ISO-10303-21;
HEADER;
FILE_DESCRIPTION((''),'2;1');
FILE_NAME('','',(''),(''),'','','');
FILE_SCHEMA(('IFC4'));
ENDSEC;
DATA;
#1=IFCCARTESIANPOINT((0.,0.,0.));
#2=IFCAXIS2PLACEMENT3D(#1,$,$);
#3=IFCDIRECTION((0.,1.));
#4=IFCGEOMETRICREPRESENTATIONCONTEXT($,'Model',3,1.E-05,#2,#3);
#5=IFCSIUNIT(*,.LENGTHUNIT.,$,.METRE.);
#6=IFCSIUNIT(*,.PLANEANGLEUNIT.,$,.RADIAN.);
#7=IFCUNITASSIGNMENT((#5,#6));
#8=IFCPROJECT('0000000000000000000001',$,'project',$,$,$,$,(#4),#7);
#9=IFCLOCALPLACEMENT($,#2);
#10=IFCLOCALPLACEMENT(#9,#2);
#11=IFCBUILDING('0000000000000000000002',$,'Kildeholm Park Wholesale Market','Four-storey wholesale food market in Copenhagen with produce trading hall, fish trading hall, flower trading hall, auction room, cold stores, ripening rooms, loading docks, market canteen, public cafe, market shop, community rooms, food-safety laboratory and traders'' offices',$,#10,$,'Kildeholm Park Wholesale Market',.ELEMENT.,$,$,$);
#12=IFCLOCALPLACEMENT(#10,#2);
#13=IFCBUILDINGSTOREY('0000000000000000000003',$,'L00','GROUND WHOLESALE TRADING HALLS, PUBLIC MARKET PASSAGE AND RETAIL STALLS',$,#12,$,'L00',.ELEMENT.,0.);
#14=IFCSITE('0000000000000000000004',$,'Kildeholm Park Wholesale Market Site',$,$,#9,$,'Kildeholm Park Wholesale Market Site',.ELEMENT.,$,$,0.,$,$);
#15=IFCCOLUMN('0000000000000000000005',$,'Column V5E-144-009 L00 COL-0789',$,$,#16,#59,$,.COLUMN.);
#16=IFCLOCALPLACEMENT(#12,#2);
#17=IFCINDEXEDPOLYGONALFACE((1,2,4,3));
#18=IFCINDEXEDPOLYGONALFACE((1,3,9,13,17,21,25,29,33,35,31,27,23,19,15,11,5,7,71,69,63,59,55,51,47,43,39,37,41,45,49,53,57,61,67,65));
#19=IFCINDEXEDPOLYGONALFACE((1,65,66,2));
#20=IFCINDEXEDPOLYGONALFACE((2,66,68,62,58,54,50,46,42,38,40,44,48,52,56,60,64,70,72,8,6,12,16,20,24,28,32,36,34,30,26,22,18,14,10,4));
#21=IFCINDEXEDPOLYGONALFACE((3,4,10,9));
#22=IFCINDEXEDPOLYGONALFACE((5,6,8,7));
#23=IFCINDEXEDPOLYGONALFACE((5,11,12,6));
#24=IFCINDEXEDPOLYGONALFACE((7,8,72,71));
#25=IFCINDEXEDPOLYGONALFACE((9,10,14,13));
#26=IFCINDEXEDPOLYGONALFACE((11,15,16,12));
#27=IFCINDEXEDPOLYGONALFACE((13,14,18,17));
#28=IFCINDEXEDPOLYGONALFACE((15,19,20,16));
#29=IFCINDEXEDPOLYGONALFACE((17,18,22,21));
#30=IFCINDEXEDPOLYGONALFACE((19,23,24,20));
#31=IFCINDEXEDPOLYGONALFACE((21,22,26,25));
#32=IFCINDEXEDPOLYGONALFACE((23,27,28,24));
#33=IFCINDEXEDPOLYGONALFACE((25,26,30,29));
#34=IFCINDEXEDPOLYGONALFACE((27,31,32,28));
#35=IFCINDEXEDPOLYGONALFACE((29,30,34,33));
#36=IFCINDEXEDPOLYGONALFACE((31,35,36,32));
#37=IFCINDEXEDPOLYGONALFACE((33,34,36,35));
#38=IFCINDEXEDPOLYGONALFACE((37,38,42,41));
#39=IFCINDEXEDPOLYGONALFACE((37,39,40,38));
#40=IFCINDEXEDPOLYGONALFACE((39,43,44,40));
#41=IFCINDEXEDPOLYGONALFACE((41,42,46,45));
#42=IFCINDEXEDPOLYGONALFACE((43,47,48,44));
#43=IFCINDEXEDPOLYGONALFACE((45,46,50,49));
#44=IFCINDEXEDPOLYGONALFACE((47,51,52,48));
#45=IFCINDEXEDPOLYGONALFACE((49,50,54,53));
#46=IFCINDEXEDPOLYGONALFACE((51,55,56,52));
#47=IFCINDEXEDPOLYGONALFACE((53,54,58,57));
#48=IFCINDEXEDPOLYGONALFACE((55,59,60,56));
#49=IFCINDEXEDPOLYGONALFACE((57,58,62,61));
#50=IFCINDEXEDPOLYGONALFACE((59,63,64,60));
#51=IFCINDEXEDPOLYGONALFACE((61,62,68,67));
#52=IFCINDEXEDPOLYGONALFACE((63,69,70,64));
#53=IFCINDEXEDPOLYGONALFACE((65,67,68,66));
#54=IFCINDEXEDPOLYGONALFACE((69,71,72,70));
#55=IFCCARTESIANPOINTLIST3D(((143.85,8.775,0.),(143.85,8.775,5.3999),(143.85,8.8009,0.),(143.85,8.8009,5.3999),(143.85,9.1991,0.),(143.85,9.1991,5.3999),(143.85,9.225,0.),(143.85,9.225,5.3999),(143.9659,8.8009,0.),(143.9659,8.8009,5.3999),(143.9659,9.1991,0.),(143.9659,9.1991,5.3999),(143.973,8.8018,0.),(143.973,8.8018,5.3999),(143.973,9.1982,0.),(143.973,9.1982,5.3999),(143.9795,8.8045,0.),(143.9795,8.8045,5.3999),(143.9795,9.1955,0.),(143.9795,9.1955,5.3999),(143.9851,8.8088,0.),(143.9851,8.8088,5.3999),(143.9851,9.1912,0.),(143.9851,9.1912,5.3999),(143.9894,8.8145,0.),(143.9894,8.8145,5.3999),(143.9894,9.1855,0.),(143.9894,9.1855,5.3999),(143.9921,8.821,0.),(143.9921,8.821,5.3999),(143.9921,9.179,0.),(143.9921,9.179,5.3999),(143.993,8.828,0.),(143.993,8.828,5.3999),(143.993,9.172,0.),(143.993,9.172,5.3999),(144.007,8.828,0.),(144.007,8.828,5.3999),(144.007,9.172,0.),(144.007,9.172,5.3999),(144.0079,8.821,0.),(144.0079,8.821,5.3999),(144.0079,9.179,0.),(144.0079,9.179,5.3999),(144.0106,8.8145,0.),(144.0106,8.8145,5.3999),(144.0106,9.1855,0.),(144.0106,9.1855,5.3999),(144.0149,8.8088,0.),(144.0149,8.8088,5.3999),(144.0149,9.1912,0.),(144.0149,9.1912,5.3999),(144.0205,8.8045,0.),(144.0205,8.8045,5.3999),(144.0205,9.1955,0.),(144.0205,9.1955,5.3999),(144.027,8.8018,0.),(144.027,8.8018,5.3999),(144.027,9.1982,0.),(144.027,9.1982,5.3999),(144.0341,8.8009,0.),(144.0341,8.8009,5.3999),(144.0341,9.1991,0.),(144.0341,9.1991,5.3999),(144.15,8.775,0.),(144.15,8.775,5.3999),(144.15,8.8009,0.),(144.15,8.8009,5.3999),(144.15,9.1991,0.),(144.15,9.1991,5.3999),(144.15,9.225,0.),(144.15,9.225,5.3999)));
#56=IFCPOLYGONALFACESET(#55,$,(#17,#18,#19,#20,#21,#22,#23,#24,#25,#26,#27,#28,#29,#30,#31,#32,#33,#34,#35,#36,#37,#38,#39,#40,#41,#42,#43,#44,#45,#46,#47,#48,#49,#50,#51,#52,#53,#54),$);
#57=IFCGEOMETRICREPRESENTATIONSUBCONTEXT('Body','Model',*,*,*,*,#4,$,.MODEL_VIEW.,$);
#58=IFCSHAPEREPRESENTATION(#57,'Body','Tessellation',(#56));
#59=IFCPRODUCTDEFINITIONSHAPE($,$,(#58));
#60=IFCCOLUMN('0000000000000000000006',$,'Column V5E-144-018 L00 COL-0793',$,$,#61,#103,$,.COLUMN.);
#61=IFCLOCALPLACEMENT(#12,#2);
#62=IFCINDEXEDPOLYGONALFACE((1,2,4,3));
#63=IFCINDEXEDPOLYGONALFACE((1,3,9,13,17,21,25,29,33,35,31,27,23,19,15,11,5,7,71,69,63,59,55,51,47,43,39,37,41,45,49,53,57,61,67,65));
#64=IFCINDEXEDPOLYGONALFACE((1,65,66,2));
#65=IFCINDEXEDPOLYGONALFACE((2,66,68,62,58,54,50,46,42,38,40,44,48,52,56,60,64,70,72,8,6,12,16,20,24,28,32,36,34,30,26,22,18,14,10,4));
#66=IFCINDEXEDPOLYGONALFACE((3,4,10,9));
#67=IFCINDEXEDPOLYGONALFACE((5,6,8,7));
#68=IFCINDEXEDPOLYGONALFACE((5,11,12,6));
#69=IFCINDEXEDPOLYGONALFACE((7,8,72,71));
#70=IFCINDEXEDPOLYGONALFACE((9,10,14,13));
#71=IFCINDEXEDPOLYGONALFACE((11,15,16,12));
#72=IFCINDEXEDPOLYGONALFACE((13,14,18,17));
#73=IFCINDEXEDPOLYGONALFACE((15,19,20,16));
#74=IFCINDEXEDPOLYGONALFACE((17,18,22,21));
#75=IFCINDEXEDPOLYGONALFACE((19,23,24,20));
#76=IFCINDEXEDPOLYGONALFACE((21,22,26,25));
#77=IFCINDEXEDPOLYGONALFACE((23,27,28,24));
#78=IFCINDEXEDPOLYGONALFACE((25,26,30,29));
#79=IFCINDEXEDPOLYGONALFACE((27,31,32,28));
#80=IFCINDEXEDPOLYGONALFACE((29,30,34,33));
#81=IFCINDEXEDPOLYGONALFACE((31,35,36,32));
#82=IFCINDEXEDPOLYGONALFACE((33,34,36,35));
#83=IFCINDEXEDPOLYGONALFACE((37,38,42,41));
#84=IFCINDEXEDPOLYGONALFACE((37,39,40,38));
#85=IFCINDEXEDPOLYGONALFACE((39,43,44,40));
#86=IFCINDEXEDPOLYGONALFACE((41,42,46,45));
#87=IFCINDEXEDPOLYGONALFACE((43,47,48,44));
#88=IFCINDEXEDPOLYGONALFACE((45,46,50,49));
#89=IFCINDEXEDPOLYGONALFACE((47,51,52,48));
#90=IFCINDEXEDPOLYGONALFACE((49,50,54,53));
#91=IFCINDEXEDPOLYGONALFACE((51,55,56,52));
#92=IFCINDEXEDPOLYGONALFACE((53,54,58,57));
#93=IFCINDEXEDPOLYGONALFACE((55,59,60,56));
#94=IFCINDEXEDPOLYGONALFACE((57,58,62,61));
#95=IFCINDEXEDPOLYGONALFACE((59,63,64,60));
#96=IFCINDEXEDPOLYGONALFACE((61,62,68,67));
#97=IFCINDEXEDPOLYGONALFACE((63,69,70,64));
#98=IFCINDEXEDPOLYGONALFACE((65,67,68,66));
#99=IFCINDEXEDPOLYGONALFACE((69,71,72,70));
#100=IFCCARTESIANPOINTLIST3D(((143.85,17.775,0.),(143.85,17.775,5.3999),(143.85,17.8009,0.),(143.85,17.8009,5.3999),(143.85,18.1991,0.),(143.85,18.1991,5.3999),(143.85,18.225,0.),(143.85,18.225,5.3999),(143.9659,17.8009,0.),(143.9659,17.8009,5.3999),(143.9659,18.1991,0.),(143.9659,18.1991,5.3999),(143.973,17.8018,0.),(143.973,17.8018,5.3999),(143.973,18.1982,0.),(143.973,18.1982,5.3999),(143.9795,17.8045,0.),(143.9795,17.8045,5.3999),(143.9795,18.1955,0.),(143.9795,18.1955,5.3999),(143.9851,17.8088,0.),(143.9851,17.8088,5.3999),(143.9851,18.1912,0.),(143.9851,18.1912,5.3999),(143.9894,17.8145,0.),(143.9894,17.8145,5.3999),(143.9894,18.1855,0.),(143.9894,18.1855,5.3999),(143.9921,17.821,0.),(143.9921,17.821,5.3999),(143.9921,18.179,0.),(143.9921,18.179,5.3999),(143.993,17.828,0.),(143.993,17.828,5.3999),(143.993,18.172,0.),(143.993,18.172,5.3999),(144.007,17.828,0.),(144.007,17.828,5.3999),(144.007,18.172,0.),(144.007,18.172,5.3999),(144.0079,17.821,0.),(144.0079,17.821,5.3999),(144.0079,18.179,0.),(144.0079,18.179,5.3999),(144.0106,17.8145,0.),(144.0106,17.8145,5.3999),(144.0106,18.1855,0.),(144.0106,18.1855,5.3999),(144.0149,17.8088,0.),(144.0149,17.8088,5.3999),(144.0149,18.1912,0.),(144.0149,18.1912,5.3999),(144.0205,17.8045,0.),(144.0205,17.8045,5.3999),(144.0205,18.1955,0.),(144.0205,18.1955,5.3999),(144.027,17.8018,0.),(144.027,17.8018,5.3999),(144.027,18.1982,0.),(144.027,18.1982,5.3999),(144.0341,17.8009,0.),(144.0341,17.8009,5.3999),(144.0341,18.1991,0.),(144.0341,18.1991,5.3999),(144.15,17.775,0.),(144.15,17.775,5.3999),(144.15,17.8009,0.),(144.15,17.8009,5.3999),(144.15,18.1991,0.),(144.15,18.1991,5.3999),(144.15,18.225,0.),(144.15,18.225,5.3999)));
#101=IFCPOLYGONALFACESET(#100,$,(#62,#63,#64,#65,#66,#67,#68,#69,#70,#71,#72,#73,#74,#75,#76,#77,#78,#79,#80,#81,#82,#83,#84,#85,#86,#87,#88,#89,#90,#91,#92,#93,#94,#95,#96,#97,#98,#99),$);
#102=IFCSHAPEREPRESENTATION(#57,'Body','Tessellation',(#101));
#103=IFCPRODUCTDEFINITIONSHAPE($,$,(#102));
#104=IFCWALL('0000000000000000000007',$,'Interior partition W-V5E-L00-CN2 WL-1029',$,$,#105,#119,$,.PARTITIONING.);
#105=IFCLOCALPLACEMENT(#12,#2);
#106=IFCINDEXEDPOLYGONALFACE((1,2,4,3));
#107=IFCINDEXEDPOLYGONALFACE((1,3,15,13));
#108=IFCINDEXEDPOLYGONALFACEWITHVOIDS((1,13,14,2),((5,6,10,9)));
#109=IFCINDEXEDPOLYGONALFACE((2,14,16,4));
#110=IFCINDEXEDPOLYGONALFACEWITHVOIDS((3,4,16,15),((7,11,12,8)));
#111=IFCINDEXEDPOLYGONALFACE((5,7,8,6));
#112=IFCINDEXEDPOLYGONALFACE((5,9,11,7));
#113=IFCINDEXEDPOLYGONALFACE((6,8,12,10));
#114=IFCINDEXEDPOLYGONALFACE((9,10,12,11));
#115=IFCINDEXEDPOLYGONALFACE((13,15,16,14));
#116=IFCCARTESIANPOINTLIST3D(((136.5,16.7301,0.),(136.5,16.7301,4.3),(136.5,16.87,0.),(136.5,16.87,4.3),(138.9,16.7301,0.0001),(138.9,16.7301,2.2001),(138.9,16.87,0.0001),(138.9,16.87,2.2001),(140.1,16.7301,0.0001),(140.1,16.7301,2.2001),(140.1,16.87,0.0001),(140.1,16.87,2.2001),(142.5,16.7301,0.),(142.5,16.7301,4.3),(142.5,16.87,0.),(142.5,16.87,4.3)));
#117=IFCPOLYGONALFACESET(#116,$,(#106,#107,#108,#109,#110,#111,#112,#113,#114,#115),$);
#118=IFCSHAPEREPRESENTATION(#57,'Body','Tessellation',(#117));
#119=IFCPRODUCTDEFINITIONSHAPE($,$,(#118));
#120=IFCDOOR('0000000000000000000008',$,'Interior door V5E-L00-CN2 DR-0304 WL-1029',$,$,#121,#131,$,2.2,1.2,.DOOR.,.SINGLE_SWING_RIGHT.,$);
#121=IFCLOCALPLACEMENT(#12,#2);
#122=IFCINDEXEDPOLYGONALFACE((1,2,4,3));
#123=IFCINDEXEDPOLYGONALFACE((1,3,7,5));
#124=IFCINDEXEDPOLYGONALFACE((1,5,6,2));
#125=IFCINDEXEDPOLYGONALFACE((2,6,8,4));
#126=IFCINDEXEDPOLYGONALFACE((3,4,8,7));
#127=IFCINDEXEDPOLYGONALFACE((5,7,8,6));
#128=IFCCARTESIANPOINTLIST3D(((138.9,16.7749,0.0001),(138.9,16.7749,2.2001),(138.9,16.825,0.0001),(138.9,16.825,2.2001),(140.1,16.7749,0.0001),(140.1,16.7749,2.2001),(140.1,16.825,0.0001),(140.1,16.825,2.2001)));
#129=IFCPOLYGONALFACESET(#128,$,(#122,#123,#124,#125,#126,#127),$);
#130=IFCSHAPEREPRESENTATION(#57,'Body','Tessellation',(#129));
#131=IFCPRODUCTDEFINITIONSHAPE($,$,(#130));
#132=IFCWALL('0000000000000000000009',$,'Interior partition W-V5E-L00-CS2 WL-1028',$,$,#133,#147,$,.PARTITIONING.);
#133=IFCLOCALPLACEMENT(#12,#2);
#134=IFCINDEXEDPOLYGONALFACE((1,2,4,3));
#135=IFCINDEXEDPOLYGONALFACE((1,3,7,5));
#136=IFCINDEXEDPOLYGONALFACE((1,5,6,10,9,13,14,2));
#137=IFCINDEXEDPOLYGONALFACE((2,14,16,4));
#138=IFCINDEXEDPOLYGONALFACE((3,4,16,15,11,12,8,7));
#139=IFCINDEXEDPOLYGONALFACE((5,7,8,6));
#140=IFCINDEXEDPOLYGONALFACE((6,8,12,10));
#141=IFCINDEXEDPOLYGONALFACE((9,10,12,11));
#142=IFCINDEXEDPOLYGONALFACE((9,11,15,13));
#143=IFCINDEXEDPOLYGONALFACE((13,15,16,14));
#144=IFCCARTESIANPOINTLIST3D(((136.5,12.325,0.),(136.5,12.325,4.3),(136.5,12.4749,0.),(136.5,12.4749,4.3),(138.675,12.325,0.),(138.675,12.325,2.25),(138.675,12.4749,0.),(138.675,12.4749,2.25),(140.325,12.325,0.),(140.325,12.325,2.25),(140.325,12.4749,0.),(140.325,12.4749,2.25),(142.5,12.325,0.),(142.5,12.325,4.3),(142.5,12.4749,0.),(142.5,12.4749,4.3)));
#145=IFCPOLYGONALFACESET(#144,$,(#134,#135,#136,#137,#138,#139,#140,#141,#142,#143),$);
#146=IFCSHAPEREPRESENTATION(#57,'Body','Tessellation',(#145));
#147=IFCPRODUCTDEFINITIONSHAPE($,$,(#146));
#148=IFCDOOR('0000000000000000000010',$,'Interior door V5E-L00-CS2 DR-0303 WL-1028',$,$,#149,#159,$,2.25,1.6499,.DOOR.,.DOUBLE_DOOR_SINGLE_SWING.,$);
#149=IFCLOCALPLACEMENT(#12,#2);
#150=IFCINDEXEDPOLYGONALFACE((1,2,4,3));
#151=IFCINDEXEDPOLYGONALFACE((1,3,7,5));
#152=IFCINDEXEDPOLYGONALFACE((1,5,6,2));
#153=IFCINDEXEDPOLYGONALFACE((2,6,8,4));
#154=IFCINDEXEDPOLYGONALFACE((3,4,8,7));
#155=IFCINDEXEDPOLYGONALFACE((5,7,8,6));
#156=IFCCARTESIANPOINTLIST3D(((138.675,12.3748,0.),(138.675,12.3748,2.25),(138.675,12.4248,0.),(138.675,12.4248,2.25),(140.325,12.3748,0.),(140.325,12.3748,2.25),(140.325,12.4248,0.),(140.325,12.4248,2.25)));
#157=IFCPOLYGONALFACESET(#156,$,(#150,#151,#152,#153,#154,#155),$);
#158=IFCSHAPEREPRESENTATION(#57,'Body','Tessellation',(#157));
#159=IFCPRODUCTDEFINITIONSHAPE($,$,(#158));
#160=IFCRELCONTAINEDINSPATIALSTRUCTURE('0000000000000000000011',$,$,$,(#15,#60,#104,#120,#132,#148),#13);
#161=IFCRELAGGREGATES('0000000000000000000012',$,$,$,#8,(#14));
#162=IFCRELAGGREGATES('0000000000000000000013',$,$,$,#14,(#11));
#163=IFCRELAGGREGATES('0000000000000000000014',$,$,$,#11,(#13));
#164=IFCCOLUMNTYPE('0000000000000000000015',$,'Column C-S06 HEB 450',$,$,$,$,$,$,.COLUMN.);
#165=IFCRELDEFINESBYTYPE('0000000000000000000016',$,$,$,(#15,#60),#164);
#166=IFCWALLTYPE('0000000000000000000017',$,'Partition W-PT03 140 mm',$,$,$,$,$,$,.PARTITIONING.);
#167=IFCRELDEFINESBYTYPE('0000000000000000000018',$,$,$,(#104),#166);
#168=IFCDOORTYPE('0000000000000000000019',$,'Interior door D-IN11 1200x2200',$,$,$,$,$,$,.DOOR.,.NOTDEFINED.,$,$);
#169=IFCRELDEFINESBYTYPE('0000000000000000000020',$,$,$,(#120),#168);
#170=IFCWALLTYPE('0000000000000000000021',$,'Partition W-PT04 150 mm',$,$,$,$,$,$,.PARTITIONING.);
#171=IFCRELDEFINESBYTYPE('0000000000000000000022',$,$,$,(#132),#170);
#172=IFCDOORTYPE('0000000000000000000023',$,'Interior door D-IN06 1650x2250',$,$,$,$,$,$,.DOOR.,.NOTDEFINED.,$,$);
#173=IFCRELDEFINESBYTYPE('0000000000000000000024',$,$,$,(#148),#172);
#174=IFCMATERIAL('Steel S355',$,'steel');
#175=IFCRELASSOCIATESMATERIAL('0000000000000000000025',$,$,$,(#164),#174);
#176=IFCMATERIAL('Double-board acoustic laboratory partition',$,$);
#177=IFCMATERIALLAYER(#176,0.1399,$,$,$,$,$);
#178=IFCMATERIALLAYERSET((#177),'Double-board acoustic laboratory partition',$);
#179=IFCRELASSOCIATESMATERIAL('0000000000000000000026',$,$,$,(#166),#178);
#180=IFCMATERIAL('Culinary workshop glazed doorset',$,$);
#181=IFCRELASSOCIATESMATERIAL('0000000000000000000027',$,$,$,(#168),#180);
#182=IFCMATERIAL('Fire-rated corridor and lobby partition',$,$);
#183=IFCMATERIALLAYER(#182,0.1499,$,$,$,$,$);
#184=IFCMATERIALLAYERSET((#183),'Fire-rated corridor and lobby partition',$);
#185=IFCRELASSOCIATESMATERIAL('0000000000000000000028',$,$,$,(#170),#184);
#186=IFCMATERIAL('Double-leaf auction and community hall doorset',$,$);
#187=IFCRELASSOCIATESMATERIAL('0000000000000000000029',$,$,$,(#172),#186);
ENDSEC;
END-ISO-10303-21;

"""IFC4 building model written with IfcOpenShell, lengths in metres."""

from ifc_helpers import new_model, si_unit, direction, frame, frame_2d, origin, origin_2d, place, context, subcontext, project, spatial, rectangle, i_section, extrude, material, layer, layer_set, material_profile, profile_set, type_object, element, fill, save


model = new_model("IFC4")

# Units and contexts
model_context = context("Model", 3, precision=1e-05, world=origin(), true_north=direction((0.0, 1.0)))
body_context = subcontext(model_context, "Body", "Model", "MODEL_VIEW")
ifc_project = project(units=[si_unit("LENGTHUNIT", "METRE"), si_unit("PLANEANGLEUNIT", "RADIAN")], contexts=[model_context])

# Site, building, storey
site_placement = place(None, origin())
site = spatial("IfcSite", under=ifc_project, at=site_placement, Name="Kildeholm Park Wholesale Market Site", LongName="Kildeholm Park Wholesale Market Site", CompositionType="ELEMENT", RefElevation=0.0)
building_placement = place(site_placement, origin())
building = spatial("IfcBuilding", under=site, at=building_placement, Name="Kildeholm Park Wholesale Market", Description="Four-storey wholesale food market in Copenhagen with produce trading hall, fish trading hall, flower trading hall, auction room, cold stores, ripening rooms, loading docks, market canteen, public cafe, market shop, community rooms, food-safety laboratory and traders' offices", LongName="Kildeholm Park Wholesale Market", CompositionType="ELEMENT")
storey_placement = place(building_placement, origin())
storey = spatial("IfcBuildingStorey", under=building, at=storey_placement, Name="L00", Description="GROUND WHOLESALE TRADING HALLS, PUBLIC MARKET PASSAGE AND RETAIL STALLS", LongName="L00", CompositionType="ELEMENT", Elevation=0.0)

# Columns
ifc_material_1 = material(Name="Steel S355", Category="steel")
ifc_material_profile_1 = material_profile(ifc_material_1, i_section(OverallWidth=0.3, OverallDepth=0.45, WebThickness=0.0139, FlangeThickness=0.0259, FilletRadius=0.0271, at=origin_2d()), Name="HEB 450")
ifc_profile_set_1 = profile_set([ifc_material_profile_1], Name="Steel S355")
column_type = type_object("IfcColumnType", Name="Column C-S06 HEB 450", PredefinedType="COLUMN", material=ifc_profile_set_1)
for number, where, z_axis, x_axis, name in (
    (1, (144.0, 9.0, 0.0), (0.0, 0.0, 1.0), (1.0, 0.0, 0.0), "Column V5E-144-009 L00 COL-0789"),
    (2, (144.0, 18.0, 0.0), (0.0, 0.0, 1.0), (1.0, 0.0, 0.0), "Column V5E-144-018 L00 COL-0793"),
):
    element("IfcColumn", number, at=place(storey_placement, frame(where, z_axis=z_axis, x_axis=x_axis)), inside=storey, type_object=column_type, Name=name, PredefinedType="COLUMN", context=body_context, shape_type="SweptSolid", body=[
        extrude(i_section(OverallWidth=0.3, OverallDepth=0.45, WebThickness=0.0139, FlangeThickness=0.0259, FilletRadius=0.0271, at=origin_2d()), origin(), (0.0, 0.0, 1.0), 5.3999),
    ])

# Walls, openings, doors
ifc_material_2 = material(Name="Double-board acoustic laboratory partition")
ifc_layer_1 = layer(ifc_material_2, 0.1399)
ifc_layer_set_1 = layer_set([ifc_layer_1], Name="Double-board acoustic laboratory partition")
wall_type_1 = type_object("IfcWallType", Name="Partition W-PT03 140 mm", PredefinedType="PARTITIONING", material=ifc_layer_set_1)
wall_1_placement = place(storey_placement, frame((136.5, 16.8, 0.0), z_axis=(0.0, 0.0, 1.0), x_axis=(1.0, 0.0, 0.0)))
wall_1 = element("IfcWall", 3, at=wall_1_placement, inside=storey, type_object=wall_type_1, Name="Interior partition W-V5E-L00-CN2 WL-1029", PredefinedType="PARTITIONING", context=body_context, shape_type="SweptSolid", body=[
    extrude(rectangle(XDim=6.0, YDim=0.1399, at=frame_2d((3.0, 0.0))), origin(), (0.0, 0.0, 1.0), 4.3),
])
opening_1_placement = place(wall_1_placement, frame((2.3999, 0.0, 0.0)))
opening_1 = element("IfcOpeningElement", 4, at=opening_1_placement, cuts=wall_1, PredefinedType="OPENING", context=body_context, shape_type="SweptSolid", body=[
    extrude(rectangle(XDim=1.2, YDim=2.2, at=frame_2d((0.6001, 1.1001))), frame((0.0, 0.0798, 0.0), z_axis=(0.0, -1.0, 0.0), x_axis=(1.0, 0.0, 0.0)), (0.0, 0.0, 1.0), 0.1599),
])
ifc_material_3 = material(Name="Culinary workshop glazed doorset")
door_type_1 = type_object("IfcDoorType", Name="Interior door D-IN11 1200x2200", OperationType="NOTDEFINED", PredefinedType="DOOR", material=ifc_material_3)
door_1_placement = place(opening_1_placement, origin())
door_1 = element("IfcDoor", 5, at=door_1_placement, inside=storey, type_object=door_type_1, Name="Interior door V5E-L00-CN2 DR-0304 WL-1029", OperationType="SINGLE_SWING_RIGHT", OverallHeight=2.2, OverallWidth=1.2, PredefinedType="DOOR", context=body_context, shape_type="SweptSolid", body=[
    extrude(rectangle(XDim=1.2, YDim=2.2, at=frame_2d((0.6001, 1.1001))), frame((0.0, 0.0249, 0.0), z_axis=(0.0, -1.0, 0.0), x_axis=(1.0, 0.0, 0.0)), (0.0, 0.0, 1.0), 0.05),
])
fill(opening_1, door_1)
ifc_material_4 = material(Name="Fire-rated corridor and lobby partition")
ifc_layer_2 = layer(ifc_material_4, 0.1499)
ifc_layer_set_2 = layer_set([ifc_layer_2], Name="Fire-rated corridor and lobby partition")
wall_type_2 = type_object("IfcWallType", Name="Partition W-PT04 150 mm", PredefinedType="PARTITIONING", material=ifc_layer_set_2)
wall_2_placement = place(storey_placement, frame((136.5, 12.3999, 0.0), z_axis=(0.0, 0.0, 1.0), x_axis=(1.0, 0.0, 0.0)))
wall_2 = element("IfcWall", 6, at=wall_2_placement, inside=storey, type_object=wall_type_2, Name="Interior partition W-V5E-L00-CS2 WL-1028", PredefinedType="PARTITIONING", context=body_context, shape_type="SweptSolid", body=[
    extrude(rectangle(XDim=6.0, YDim=0.1499, at=frame_2d((3.0, 0.0))), origin(), (0.0, 0.0, 1.0), 4.3),
])
opening_2_placement = place(wall_2_placement, frame((2.175, 0.0, 0.0)))
opening_2 = element("IfcOpeningElement", 7, at=opening_2_placement, cuts=wall_2, PredefinedType="OPENING", context=body_context, shape_type="SweptSolid", body=[
    extrude(rectangle(XDim=1.6499, YDim=2.25, at=frame_2d((0.825, 1.125))), frame((0.0, 0.085, 0.0), z_axis=(0.0, -1.0, 0.0), x_axis=(1.0, 0.0, 0.0)), (0.0, 0.0, 1.0), 0.1699),
])
ifc_material_5 = material(Name="Double-leaf auction and community hall doorset")
door_type_2 = type_object("IfcDoorType", Name="Interior door D-IN06 1650x2250", OperationType="NOTDEFINED", PredefinedType="DOOR", material=ifc_material_5)
door_2_placement = place(opening_2_placement, origin())
door_2 = element("IfcDoor", 8, at=door_2_placement, inside=storey, type_object=door_type_2, Name="Interior door V5E-L00-CS2 DR-0303 WL-1028", OperationType="DOUBLE_DOOR_SINGLE_SWING", OverallHeight=2.25, OverallWidth=1.6499, PredefinedType="DOOR", context=body_context, shape_type="SweptSolid", body=[
    extrude(rectangle(XDim=1.6499, YDim=2.25, at=frame_2d((0.825, 1.125))), frame((0.0, 0.0249, 0.0), z_axis=(0.0, -1.0, 0.0), x_axis=(1.0, 0.0, 0.0)), (0.0, 0.0, 1.0), 0.05),
])
fill(opening_2, door_2)

save(model, "model.ifc")
